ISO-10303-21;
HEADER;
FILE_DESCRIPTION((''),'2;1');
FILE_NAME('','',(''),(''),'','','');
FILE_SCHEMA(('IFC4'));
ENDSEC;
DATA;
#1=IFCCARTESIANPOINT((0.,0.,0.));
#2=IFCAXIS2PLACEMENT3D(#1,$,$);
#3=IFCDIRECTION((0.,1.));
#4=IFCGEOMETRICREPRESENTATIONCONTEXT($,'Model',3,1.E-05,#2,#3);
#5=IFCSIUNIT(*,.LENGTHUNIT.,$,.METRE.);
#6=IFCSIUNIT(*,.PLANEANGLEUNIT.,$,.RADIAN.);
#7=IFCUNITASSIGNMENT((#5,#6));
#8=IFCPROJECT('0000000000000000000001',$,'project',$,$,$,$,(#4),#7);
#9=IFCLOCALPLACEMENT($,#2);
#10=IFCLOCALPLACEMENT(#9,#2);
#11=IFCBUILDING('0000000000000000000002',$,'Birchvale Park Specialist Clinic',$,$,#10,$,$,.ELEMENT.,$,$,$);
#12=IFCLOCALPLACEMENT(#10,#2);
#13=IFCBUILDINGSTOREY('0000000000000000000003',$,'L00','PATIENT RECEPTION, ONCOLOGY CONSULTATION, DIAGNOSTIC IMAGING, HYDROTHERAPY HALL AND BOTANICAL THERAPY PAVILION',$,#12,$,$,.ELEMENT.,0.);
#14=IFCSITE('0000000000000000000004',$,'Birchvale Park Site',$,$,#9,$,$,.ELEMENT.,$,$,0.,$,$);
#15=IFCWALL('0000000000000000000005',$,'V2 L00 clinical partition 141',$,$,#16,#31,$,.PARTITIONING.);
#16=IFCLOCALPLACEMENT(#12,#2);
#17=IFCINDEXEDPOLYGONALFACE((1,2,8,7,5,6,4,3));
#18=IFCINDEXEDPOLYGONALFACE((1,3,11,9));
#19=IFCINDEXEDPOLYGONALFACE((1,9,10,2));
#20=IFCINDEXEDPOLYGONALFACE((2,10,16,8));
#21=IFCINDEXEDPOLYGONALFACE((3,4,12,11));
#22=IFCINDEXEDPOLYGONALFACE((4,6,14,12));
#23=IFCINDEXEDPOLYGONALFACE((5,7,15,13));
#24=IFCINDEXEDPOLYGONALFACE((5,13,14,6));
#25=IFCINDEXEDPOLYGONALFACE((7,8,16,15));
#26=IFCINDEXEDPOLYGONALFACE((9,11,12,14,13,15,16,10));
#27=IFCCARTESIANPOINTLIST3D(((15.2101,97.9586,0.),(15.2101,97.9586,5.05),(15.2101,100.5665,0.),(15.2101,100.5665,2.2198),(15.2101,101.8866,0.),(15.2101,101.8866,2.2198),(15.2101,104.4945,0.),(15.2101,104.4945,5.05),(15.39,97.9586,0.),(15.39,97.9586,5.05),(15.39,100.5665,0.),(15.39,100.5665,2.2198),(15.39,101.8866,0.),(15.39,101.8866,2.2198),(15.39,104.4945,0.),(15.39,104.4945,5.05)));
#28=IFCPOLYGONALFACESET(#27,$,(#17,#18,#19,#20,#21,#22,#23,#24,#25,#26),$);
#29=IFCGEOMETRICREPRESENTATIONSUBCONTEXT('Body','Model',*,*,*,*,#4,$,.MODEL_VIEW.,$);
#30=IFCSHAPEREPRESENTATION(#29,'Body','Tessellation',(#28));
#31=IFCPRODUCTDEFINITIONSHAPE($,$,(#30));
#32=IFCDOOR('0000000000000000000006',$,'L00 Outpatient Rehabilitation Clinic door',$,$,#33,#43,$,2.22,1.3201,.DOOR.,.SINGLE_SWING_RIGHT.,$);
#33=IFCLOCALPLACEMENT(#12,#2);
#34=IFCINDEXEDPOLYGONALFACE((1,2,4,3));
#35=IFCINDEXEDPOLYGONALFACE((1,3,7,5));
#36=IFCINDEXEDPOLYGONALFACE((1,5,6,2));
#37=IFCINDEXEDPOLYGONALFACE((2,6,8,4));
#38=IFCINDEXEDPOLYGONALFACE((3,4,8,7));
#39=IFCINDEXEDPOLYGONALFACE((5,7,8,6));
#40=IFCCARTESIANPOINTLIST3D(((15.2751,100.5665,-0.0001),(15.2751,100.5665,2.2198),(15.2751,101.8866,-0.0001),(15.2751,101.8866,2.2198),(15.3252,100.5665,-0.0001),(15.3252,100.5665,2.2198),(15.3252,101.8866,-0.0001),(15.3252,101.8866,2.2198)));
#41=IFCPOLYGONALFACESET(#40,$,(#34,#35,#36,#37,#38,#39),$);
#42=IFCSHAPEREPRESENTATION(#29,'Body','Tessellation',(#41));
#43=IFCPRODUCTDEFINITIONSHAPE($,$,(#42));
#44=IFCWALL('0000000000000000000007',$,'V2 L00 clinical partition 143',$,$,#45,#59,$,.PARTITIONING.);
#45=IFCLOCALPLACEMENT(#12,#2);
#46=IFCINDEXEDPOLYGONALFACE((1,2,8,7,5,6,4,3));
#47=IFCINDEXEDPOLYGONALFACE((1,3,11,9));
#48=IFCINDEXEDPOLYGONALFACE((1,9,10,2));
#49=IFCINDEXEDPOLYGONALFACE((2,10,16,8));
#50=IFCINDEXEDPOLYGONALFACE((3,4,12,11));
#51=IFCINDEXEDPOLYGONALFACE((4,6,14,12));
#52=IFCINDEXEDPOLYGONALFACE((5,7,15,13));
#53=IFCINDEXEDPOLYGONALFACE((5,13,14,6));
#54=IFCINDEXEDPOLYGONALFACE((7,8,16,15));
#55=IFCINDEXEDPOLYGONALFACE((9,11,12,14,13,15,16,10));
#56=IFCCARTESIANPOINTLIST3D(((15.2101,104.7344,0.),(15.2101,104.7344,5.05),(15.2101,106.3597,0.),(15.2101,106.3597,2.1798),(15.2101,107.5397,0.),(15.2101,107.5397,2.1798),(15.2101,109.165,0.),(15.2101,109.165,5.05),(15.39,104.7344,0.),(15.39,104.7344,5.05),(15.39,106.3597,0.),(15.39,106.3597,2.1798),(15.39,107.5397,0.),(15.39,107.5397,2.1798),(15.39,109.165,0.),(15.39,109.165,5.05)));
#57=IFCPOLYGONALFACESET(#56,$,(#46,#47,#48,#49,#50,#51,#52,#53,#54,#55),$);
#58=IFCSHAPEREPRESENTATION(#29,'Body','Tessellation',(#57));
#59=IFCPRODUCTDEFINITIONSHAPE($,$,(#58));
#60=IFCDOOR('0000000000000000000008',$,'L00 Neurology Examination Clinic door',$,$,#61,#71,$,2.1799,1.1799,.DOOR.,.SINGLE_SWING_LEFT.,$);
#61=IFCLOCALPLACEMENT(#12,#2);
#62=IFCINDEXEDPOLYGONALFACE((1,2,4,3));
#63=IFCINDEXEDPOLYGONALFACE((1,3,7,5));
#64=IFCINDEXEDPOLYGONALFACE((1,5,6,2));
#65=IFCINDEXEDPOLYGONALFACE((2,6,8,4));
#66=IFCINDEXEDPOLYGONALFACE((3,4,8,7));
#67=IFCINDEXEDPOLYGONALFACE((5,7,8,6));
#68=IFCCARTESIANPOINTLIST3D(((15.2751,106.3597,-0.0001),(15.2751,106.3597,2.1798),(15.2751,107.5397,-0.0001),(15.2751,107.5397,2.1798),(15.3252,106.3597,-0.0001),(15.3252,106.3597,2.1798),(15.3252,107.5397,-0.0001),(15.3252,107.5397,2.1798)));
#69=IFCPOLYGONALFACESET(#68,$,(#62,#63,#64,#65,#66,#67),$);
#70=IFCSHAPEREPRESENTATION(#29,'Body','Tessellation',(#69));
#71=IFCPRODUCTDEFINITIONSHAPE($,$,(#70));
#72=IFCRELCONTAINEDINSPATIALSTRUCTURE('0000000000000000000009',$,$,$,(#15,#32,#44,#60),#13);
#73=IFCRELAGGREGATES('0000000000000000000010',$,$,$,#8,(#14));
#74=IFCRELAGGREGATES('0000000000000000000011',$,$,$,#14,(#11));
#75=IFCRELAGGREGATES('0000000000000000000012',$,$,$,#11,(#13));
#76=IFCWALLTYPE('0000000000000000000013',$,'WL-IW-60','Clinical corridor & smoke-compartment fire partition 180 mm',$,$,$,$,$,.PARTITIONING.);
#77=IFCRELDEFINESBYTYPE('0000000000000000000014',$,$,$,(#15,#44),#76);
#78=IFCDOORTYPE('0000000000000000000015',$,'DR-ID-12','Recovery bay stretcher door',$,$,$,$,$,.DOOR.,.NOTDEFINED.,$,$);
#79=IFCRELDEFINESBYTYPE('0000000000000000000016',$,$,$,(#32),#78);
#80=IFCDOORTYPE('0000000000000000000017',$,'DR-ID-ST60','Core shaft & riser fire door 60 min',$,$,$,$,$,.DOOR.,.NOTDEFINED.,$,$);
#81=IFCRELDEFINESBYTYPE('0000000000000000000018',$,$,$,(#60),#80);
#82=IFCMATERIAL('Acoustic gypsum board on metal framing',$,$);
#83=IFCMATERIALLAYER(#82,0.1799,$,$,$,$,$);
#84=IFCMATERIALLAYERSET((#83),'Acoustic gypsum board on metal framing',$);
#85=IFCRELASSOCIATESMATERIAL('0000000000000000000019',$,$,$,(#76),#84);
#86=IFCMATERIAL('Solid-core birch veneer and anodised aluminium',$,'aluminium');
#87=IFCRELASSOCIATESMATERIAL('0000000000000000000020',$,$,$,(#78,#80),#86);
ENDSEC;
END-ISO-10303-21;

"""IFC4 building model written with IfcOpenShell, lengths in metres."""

from ifc_helpers import new_model, si_unit, direction, frame, frame_2d, origin, place, context, subcontext, project, spatial, rectangle, extrude, material, layer, layer_set, type_object, element, fill, save


model = new_model("IFC4")

# Units and contexts
model_context = context("Model", 3, precision=1e-05, world=origin(), true_north=direction((0.0, 1.0)))
body_context = subcontext(model_context, "Body", "Model", "MODEL_VIEW")
ifc_project = project(units=[si_unit("LENGTHUNIT", "METRE"), si_unit("PLANEANGLEUNIT", "RADIAN")], contexts=[model_context])

# Site, building, storey
site_placement = place(None, origin())
site = spatial("IfcSite", under=ifc_project, at=site_placement, Name="Birchvale Park Site", CompositionType="ELEMENT", RefElevation=0.0)
building_placement = place(site_placement, origin())
building = spatial("IfcBuilding", under=site, at=building_placement, Name="Birchvale Park Specialist Clinic", CompositionType="ELEMENT")
storey_placement = place(building_placement, origin())
storey = spatial("IfcBuildingStorey", under=building, at=storey_placement, Name="L00", Description="PATIENT RECEPTION, ONCOLOGY CONSULTATION, DIAGNOSTIC IMAGING, HYDROTHERAPY HALL AND BOTANICAL THERAPY PAVILION", CompositionType="ELEMENT", Elevation=0.0)

# Shared definitions
ifc_material_1 = material(Name="Acoustic gypsum board on metal framing")

# Walls, openings, doors
ifc_layer_1 = layer(ifc_material_1, 0.1799)
ifc_layer_set_1 = layer_set([ifc_layer_1], Name="Acoustic gypsum board on metal framing")
wall_type_1 = type_object("IfcWallType", Name="WL-IW-60", Description="Clinical corridor & smoke-compartment fire partition 180 mm", PredefinedType="PARTITIONING", material=ifc_layer_set_1)
ifc_material_2 = material(Name="Solid-core birch veneer and anodised aluminium", Category="aluminium")
wall_1_placement = place(storey_placement, frame((15.3, 97.9585, 0.0), z_axis=(0.0, 0.0, 1.0), x_axis=(0.0, 1.0, 0.0)))
wall_1 = element("IfcWall", 1, at=wall_1_placement, inside=storey, type_object=wall_type_1, Name="V2 L00 clinical partition 141", PredefinedType="PARTITIONING", context=body_context, shape_type="SweptSolid", body=[
    extrude(rectangle(XDim=6.5359, YDim=0.1799, at=frame_2d((3.2681, 0.0))), origin(), (0.0, 0.0, 1.0), 5.05),
])
opening_1_placement = place(wall_1_placement, frame((2.6079, 0.0, 0.0)))
opening_1 = element("IfcOpeningElement", 2, at=opening_1_placement, cuts=wall_1, PredefinedType="OPENING", context=body_context, shape_type="SweptSolid", body=[
    extrude(rectangle(XDim=1.3201, YDim=2.22, at=frame_2d((0.6602, 1.1099))), frame((0.0, 0.1001, 0.0), z_axis=(0.0, -1.0, 0.0), x_axis=(1.0, 0.0, 0.0)), (0.0, 0.0, 1.0), 0.2),
])
door_type_1 = type_object("IfcDoorType", Name="DR-ID-12", Description="Recovery bay stretcher door", OperationType="NOTDEFINED", PredefinedType="DOOR", material=ifc_material_2)
door_1_placement = place(opening_1_placement, origin())
door_1 = element("IfcDoor", 3, at=door_1_placement, inside=storey, type_object=door_type_1, Name="L00 Outpatient Rehabilitation Clinic door", OperationType="SINGLE_SWING_RIGHT", OverallHeight=2.22, OverallWidth=1.3201, PredefinedType="DOOR", context=body_context, shape_type="SweptSolid", body=[
    extrude(rectangle(XDim=1.3201, YDim=2.22, at=frame_2d((0.6602, 1.1099))), frame((0.0, 0.0249, 0.0), z_axis=(0.0, -1.0, 0.0), x_axis=(1.0, 0.0, 0.0)), (0.0, 0.0, 1.0), 0.05),
])
fill(opening_1, door_1)
wall_2_placement = place(storey_placement, frame((15.3, 104.7344, 0.0), z_axis=(0.0, 0.0, 1.0), x_axis=(0.0, 1.0, 0.0)))
wall_2 = element("IfcWall", 4, at=wall_2_placement, inside=storey, type_object=wall_type_1, Name="V2 L00 clinical partition 143", PredefinedType="PARTITIONING", context=body_context, shape_type="SweptSolid", body=[
    extrude(rectangle(XDim=4.4307, YDim=0.1799, at=frame_2d((2.2153, 0.0))), origin(), (0.0, 0.0, 1.0), 5.05),
])
opening_2_placement = place(wall_2_placement, frame((1.6255, 0.0, 0.0)))
opening_2 = element("IfcOpeningElement", 5, at=opening_2_placement, cuts=wall_2, PredefinedType="OPENING", context=body_context, shape_type="SweptSolid", body=[
    extrude(rectangle(XDim=1.1799, YDim=2.1799, at=frame_2d((0.5898, 1.0898))), frame((0.0, 0.1001, 0.0), z_axis=(0.0, -1.0, 0.0), x_axis=(1.0, 0.0, 0.0)), (0.0, 0.0, 1.0), 0.2),
])
door_type_2 = type_object("IfcDoorType", Name="DR-ID-ST60", Description="Core shaft & riser fire door 60 min", OperationType="NOTDEFINED", PredefinedType="DOOR", material=ifc_material_2)
door_2_placement = place(opening_2_placement, origin())
door_2 = element("IfcDoor", 6, at=door_2_placement, inside=storey, type_object=door_type_2, Name="L00 Neurology Examination Clinic door", OperationType="SINGLE_SWING_LEFT", OverallHeight=2.1799, OverallWidth=1.1799, PredefinedType="DOOR", context=body_context, shape_type="SweptSolid", body=[
    extrude(rectangle(XDim=1.1799, YDim=2.1799, at=frame_2d((0.5898, 1.0898))), frame((0.0, 0.0249, 0.0), z_axis=(0.0, -1.0, 0.0), x_axis=(1.0, 0.0, 0.0)), (0.0, 0.0, 1.0), 0.05),
])
fill(opening_2, door_2)

save(model, "model.ifc")
